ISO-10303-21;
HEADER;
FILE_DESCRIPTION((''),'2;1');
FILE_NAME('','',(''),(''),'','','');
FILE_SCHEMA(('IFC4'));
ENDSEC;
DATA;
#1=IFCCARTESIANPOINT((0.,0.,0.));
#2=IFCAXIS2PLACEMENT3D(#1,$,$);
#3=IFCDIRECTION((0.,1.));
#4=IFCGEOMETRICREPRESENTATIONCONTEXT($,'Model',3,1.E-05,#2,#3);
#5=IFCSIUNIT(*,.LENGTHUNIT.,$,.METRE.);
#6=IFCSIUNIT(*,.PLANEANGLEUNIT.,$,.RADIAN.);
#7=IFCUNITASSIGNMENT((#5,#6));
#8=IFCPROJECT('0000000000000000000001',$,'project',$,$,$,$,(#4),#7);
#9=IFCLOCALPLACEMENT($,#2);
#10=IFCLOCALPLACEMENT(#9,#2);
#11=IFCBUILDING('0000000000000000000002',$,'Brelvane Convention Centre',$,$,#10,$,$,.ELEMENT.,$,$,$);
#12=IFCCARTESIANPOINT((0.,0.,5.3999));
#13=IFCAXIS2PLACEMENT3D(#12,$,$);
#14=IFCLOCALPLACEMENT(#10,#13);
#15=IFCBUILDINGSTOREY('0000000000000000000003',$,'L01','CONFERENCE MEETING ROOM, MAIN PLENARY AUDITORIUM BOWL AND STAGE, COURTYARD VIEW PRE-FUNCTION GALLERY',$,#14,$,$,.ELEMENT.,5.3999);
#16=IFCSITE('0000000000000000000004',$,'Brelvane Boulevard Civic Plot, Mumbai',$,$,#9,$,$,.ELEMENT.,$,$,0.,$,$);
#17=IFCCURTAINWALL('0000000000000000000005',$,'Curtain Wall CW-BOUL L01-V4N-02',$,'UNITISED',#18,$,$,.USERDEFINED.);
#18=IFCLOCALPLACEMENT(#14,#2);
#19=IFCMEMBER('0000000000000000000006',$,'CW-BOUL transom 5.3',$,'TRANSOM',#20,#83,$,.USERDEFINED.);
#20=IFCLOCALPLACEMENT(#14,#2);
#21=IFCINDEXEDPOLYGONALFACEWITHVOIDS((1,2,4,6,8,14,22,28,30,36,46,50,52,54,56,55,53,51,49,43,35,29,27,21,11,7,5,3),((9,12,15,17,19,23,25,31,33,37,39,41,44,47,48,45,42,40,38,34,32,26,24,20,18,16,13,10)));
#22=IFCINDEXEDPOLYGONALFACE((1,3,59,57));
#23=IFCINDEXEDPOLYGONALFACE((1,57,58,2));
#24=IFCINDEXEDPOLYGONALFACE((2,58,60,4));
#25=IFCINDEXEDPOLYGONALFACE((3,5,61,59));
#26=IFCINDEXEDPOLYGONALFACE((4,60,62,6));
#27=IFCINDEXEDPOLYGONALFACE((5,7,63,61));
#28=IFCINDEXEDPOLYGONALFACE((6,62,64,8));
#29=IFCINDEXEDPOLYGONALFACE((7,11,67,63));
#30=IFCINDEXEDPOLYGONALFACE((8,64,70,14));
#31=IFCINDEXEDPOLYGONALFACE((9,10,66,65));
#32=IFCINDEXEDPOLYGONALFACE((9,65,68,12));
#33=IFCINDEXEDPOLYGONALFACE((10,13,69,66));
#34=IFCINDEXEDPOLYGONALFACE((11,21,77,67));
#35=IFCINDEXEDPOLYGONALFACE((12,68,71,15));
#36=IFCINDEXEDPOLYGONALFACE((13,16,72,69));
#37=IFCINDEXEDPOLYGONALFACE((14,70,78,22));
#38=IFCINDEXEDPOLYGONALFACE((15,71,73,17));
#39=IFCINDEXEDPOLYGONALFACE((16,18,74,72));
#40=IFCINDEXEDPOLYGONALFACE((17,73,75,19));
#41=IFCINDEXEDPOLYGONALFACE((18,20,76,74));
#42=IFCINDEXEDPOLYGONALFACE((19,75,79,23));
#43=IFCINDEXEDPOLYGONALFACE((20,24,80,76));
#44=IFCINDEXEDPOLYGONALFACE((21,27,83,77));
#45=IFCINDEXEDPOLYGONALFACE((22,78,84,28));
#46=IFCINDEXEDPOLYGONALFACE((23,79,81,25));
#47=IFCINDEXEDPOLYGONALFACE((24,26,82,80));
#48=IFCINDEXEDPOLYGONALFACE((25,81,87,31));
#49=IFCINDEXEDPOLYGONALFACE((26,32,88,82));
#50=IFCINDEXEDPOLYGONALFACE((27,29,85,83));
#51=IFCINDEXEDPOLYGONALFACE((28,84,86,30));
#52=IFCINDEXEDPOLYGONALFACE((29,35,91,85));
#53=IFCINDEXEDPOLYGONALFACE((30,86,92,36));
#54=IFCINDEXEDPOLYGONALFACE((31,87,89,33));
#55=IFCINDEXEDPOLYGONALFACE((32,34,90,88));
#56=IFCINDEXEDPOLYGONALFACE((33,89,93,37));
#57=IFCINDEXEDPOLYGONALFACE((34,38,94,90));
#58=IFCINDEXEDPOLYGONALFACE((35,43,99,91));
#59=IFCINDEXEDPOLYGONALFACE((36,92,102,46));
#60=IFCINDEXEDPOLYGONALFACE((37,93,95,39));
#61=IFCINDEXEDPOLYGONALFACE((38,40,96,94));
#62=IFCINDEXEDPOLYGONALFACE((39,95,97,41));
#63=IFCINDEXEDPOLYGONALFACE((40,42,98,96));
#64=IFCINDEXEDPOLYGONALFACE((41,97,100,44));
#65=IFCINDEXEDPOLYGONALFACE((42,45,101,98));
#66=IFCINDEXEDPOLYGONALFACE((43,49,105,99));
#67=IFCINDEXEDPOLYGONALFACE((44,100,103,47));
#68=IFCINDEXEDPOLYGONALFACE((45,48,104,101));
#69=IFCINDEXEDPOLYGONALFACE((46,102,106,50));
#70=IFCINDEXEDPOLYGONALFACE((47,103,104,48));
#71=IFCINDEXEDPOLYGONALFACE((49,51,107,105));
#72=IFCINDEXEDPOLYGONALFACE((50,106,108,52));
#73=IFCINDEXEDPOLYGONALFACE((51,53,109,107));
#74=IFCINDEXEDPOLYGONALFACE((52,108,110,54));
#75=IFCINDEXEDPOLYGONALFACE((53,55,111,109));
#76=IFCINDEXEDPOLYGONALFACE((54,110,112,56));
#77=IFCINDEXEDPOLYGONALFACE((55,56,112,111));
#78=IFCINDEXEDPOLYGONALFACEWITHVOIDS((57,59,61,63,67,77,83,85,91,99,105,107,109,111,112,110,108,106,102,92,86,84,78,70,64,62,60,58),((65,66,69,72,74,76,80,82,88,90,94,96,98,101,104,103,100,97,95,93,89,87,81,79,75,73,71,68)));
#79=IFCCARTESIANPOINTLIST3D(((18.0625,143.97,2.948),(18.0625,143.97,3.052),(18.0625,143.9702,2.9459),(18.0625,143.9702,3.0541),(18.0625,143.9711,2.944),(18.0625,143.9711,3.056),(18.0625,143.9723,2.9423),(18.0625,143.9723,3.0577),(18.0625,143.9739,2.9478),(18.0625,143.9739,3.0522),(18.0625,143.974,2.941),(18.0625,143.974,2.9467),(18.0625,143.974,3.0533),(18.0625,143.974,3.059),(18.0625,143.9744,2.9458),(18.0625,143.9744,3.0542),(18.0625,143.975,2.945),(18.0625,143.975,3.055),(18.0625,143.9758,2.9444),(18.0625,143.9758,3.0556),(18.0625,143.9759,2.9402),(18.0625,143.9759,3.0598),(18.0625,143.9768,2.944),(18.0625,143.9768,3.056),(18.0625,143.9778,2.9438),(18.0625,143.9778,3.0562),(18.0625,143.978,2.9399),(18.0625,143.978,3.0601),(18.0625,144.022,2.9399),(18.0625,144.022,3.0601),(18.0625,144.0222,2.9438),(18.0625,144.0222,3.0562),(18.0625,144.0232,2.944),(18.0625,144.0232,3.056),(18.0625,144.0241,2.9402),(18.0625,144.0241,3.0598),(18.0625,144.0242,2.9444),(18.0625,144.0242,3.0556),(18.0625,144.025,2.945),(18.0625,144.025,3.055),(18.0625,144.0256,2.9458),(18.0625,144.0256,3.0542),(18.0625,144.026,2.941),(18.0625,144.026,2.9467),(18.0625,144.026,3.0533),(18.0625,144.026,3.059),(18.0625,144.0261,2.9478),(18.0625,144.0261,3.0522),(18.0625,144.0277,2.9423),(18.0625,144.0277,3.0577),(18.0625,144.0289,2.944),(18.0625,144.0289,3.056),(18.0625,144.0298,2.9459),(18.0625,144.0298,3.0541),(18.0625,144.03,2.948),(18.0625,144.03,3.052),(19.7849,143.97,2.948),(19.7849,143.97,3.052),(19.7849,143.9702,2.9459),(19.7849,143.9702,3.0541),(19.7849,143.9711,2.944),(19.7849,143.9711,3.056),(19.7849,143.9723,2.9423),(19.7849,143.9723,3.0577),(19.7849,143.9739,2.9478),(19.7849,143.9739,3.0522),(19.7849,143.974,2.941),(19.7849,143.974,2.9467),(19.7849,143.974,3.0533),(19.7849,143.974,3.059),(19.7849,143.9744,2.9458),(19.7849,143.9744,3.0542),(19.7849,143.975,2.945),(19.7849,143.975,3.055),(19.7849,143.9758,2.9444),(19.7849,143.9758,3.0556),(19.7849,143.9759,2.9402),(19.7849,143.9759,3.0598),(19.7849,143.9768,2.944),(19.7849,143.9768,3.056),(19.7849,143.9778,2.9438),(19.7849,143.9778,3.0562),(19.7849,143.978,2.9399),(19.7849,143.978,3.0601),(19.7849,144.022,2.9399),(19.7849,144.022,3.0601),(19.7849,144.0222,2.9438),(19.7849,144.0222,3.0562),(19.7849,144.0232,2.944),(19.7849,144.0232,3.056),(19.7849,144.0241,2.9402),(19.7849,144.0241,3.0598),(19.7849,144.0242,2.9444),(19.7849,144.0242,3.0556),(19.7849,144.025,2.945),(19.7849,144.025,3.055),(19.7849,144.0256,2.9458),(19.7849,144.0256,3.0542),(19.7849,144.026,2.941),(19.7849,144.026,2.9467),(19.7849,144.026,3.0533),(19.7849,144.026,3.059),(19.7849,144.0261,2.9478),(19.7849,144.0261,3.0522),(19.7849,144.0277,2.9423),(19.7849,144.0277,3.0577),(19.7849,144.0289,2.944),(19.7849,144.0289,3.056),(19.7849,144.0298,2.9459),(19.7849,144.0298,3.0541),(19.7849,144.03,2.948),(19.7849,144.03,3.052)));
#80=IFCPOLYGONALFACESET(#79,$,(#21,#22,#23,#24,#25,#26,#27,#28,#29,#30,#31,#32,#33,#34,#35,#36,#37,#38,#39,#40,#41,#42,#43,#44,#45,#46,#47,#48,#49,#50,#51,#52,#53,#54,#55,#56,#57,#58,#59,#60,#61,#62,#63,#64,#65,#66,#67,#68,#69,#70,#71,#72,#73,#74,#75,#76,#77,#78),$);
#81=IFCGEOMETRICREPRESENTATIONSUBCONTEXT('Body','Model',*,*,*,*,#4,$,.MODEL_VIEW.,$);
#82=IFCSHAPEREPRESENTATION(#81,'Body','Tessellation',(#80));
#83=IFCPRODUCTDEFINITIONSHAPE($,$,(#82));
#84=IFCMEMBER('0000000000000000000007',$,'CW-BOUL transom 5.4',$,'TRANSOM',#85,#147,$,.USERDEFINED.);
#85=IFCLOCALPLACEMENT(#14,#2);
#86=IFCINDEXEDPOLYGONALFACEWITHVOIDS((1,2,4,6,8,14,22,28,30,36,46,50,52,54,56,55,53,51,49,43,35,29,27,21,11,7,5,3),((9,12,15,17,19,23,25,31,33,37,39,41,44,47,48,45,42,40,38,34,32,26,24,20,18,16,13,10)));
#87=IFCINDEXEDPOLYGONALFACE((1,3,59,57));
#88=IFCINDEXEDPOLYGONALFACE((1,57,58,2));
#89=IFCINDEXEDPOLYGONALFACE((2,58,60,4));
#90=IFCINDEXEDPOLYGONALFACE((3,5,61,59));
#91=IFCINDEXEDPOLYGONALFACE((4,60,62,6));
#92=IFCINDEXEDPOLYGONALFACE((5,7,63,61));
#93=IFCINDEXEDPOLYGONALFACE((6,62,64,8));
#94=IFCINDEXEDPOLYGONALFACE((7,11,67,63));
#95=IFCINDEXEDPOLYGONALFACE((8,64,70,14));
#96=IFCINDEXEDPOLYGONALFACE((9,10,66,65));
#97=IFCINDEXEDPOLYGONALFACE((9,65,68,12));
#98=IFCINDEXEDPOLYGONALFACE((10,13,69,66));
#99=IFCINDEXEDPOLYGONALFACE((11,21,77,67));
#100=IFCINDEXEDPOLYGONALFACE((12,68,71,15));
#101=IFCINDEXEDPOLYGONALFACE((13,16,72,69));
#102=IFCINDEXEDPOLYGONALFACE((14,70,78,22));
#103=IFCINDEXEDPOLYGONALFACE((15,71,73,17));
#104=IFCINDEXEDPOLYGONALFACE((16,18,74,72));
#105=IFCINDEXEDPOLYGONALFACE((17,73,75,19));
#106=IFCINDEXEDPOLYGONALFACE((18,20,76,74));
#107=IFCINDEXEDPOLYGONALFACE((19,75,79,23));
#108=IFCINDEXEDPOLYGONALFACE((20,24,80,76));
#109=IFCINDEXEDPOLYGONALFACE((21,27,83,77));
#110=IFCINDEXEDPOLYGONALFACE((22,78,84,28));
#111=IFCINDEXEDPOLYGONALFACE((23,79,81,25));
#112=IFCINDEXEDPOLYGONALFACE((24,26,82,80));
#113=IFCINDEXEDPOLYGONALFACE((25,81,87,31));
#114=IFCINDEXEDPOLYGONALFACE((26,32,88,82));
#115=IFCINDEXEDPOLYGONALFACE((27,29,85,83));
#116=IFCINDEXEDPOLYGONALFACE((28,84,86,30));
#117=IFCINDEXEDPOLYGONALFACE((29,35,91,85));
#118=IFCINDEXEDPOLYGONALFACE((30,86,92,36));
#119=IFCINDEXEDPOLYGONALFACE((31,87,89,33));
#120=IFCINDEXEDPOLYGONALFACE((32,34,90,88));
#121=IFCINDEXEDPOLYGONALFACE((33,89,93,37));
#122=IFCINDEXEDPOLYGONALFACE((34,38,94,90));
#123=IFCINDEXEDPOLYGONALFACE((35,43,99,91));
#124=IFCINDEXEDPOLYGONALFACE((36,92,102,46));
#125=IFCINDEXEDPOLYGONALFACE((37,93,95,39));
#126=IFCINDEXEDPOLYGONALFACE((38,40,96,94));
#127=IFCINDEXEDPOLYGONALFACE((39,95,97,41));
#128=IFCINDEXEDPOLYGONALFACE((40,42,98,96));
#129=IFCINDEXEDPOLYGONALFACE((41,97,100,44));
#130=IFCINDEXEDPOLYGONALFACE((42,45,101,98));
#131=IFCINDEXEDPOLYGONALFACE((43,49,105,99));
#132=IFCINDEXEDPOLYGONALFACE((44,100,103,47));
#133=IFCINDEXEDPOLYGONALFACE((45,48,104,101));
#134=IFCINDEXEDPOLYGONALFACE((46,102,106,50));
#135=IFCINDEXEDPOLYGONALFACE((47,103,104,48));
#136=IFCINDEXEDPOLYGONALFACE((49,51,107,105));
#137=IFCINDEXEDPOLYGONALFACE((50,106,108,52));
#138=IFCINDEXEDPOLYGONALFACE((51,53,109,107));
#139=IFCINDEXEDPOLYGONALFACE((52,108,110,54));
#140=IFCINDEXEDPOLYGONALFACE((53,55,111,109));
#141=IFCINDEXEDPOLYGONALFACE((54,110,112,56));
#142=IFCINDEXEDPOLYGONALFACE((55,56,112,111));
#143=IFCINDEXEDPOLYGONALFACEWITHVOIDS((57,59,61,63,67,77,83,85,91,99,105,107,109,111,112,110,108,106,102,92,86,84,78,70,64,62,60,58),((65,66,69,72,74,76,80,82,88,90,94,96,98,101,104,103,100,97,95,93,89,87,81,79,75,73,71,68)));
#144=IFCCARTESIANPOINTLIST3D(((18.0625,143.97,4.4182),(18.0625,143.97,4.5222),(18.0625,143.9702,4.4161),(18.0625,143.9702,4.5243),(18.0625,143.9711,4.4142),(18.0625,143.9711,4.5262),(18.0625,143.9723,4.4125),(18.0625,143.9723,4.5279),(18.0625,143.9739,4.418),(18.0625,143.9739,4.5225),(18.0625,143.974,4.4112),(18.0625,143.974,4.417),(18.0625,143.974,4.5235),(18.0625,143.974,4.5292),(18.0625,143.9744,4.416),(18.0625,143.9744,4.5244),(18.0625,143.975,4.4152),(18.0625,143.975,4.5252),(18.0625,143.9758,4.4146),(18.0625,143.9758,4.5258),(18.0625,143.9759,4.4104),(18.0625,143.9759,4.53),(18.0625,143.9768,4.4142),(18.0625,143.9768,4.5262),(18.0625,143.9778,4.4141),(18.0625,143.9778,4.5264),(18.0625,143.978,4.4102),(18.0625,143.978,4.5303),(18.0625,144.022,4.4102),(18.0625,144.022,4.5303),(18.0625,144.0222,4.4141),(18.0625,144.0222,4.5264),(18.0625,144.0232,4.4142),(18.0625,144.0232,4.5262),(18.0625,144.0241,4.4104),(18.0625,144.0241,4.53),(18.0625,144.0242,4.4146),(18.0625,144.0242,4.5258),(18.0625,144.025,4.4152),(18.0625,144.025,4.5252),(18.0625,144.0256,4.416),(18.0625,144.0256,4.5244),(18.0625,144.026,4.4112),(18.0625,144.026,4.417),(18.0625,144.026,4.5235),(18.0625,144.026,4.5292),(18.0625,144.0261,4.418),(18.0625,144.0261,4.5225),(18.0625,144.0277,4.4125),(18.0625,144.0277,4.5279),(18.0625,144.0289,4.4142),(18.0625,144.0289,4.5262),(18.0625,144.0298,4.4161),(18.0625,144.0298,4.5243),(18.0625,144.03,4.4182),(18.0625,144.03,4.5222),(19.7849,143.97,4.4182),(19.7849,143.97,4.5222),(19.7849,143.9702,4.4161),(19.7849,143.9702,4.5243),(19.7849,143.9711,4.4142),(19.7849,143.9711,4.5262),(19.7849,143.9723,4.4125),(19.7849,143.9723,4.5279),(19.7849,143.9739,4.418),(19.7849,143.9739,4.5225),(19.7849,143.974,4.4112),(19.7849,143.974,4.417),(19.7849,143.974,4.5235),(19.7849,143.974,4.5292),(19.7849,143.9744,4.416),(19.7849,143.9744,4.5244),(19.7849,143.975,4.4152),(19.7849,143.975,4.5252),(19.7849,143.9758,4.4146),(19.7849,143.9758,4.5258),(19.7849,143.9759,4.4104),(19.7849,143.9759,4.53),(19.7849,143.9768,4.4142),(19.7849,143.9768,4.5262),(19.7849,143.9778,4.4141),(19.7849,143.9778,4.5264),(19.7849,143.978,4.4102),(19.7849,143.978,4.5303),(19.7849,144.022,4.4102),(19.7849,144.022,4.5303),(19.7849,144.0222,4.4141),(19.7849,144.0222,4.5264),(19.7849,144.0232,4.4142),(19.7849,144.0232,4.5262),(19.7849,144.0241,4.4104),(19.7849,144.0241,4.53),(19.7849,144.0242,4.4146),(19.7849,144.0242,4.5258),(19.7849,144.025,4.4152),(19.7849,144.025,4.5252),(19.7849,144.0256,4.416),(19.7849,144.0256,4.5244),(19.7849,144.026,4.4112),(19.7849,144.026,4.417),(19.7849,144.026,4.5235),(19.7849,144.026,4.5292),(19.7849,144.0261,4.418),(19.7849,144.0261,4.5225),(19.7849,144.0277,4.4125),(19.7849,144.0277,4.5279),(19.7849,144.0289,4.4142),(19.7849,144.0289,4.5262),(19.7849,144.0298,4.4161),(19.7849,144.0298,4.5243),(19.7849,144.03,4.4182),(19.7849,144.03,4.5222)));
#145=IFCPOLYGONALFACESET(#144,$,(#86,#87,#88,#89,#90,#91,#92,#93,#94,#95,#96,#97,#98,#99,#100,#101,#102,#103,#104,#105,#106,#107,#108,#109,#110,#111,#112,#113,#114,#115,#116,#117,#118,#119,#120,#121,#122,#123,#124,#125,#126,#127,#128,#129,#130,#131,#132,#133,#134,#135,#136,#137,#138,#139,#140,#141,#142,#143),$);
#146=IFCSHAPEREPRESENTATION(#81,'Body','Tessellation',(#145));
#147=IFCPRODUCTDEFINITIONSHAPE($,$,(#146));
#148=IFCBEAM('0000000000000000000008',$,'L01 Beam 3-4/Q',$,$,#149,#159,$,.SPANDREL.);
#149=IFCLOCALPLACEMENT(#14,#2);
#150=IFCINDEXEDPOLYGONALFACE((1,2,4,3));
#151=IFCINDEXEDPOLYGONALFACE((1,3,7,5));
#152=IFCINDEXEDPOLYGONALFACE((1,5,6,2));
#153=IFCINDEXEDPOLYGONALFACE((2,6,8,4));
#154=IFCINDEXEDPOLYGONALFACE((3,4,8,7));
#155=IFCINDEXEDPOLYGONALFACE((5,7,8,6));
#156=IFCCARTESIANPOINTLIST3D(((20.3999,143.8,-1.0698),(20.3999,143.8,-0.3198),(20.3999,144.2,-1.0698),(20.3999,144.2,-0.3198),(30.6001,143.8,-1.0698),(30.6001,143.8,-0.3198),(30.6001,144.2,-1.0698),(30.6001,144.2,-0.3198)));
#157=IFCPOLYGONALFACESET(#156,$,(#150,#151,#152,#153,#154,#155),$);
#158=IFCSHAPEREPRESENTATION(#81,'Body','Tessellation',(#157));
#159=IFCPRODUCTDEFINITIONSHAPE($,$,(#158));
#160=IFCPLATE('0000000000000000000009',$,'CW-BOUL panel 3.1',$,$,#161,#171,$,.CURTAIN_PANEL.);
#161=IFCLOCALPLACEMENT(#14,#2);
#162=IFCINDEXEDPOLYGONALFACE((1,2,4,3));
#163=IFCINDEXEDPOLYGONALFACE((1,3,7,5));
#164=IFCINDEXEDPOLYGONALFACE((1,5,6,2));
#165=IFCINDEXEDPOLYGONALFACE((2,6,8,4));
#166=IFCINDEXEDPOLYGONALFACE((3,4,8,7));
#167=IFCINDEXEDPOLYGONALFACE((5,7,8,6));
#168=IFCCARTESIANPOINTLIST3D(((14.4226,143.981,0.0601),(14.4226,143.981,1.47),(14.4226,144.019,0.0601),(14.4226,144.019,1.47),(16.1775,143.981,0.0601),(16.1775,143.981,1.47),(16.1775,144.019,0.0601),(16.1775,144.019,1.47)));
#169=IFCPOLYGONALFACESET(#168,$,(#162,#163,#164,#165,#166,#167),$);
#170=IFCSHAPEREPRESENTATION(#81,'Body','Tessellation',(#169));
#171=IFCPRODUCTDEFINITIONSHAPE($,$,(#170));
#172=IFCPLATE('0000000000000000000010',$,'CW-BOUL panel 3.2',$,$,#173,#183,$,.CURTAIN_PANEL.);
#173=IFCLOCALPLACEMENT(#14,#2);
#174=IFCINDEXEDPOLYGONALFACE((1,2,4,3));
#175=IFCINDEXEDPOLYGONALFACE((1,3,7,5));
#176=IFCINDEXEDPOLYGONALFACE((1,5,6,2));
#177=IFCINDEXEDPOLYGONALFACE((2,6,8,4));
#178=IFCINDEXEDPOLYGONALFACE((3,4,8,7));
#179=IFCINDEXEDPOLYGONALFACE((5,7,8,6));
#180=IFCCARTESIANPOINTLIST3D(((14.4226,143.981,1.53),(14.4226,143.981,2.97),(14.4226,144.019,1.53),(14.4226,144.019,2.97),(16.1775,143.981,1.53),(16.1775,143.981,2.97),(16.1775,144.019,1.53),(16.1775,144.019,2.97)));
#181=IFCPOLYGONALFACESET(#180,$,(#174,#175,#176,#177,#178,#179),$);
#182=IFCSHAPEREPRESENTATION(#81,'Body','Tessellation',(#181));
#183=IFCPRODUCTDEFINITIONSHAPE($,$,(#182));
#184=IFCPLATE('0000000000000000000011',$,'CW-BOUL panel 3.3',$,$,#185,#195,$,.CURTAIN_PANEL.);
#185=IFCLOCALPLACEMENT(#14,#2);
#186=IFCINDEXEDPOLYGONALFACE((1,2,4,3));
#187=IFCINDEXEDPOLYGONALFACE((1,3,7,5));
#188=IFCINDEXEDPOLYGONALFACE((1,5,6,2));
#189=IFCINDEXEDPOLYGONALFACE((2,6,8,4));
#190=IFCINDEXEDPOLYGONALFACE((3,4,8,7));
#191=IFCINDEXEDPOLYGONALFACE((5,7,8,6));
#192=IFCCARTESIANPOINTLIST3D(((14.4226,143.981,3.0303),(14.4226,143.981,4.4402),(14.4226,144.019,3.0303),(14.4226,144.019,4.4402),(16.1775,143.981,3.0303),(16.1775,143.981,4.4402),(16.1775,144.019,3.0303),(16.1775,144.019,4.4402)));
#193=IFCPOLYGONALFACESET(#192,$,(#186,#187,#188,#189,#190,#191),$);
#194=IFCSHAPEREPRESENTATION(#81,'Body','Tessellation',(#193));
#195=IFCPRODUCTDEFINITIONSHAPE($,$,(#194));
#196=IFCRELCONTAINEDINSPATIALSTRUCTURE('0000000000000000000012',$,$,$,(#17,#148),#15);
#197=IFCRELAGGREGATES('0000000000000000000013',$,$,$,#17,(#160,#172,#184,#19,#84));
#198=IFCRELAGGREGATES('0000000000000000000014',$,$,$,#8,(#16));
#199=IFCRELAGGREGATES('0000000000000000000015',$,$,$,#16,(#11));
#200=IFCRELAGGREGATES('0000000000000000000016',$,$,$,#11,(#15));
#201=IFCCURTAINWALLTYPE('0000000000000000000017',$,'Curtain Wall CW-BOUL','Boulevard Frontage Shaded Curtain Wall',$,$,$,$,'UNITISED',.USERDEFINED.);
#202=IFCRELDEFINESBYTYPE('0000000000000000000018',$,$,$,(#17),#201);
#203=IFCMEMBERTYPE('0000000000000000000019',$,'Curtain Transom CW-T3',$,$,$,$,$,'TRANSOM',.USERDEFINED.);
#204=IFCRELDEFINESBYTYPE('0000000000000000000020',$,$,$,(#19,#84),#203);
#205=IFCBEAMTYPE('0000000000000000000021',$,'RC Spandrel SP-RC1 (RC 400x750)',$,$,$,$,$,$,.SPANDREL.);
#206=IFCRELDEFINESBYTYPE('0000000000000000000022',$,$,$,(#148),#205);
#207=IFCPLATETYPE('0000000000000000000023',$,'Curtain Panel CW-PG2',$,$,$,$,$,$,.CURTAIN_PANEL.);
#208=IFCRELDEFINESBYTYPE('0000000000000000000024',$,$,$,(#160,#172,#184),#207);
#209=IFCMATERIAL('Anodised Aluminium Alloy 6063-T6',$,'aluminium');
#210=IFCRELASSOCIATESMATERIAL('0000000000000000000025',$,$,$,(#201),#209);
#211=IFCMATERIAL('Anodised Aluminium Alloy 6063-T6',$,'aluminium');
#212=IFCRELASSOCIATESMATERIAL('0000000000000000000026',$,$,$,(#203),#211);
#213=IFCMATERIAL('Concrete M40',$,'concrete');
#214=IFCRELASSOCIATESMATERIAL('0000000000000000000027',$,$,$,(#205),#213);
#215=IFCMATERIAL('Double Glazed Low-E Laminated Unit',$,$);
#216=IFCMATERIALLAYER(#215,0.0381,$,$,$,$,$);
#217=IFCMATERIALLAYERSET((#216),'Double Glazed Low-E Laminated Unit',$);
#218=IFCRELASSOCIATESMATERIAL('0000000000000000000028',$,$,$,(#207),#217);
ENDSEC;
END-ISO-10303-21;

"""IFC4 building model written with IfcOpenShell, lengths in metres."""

from ifc_helpers import new_model, si_unit, direction, frame, origin, origin_2d, place, context, subcontext, project, spatial, rectangle, hollow_rectangle, extrude, material, layer, layer_set, material_profile, profile_set, type_object, element, aggregate, save


model = new_model("IFC4")

# Units and contexts
model_context = context("Model", 3, precision=1e-05, world=origin(), true_north=direction((0.0, 1.0)))
body_context = subcontext(model_context, "Body", "Model", "MODEL_VIEW")
ifc_project = project(units=[si_unit("LENGTHUNIT", "METRE"), si_unit("PLANEANGLEUNIT", "RADIAN")], contexts=[model_context])

# Site, building, storey
site_placement = place(None, origin())
site = spatial("IfcSite", under=ifc_project, at=site_placement, Name="Brelvane Boulevard Civic Plot, Mumbai", CompositionType="ELEMENT", RefElevation=0.0)
building_placement = place(site_placement, origin())
building = spatial("IfcBuilding", under=site, at=building_placement, Name="Brelvane Convention Centre", CompositionType="ELEMENT")
storey_placement = place(building_placement, frame((0.0, 0.0, 5.3999)))
storey = spatial("IfcBuildingStorey", under=building, at=storey_placement, Name="L01", Description="CONFERENCE MEETING ROOM, MAIN PLENARY AUDITORIUM BOWL AND STAGE, COURTYARD VIEW PRE-FUNCTION GALLERY", CompositionType="ELEMENT", Elevation=5.3999)

# Curtain wall, members
ifc_material_1 = material(Name="Anodised Aluminium Alloy 6063-T6", Category="aluminium")
curtain_wall_type = type_object("IfcCurtainWallType", Name="Curtain Wall CW-BOUL", Description="Boulevard Frontage Shaded Curtain Wall", ElementType="UNITISED", PredefinedType="USERDEFINED", material=ifc_material_1)
curtain_wall_placement = place(storey_placement, origin())
curtain_wall = element("IfcCurtainWall", 1, at=curtain_wall_placement, inside=storey, type_object=curtain_wall_type, Name="Curtain Wall CW-BOUL L01-V4N-02", ObjectType="UNITISED", PredefinedType="USERDEFINED")
ifc_material_2 = material(Name="Anodised Aluminium Alloy 6063-T6", Category="aluminium")
ifc_material_profile_1 = material_profile(ifc_material_2, hollow_rectangle(XDim=0.0601, YDim=0.1201, WallThickness=0.0039, InnerFilletRadius=0.0039, OuterFilletRadius=0.0081, at=origin_2d()), Name="ALU-T 120x60x4.0")
ifc_profile_set_1 = profile_set([ifc_material_profile_1], Name="Anodised Aluminium Alloy 6063-T6")
member_type_1 = type_object("IfcMemberType", Name="Curtain Transom CW-T3", ElementType="TRANSOM", PredefinedType="USERDEFINED", material=ifc_profile_set_1)
member_1_placement = place(storey_placement, frame((18.0625, 144.0, 3.0), z_axis=(1.0, 0.0, 0.0), x_axis=(0.0, 1.0, 0.0)))
member_1 = element("IfcMember", 2, at=member_1_placement, type_object=member_type_1, Name="CW-BOUL transom 5.3", ObjectType="TRANSOM", PredefinedType="USERDEFINED", context=body_context, shape_type="SweptSolid", body=[
    extrude(hollow_rectangle(XDim=0.0601, YDim=0.1201, WallThickness=0.0039, InnerFilletRadius=0.0039, OuterFilletRadius=0.0081, at=origin_2d()), origin(), (0.0, 0.0, 1.0), 1.7224),
])
member_2_placement = place(storey_placement, frame((18.0625, 144.0, 4.4702), z_axis=(1.0, 0.0, 0.0), x_axis=(0.0, 1.0, 0.0)))
member_2 = element("IfcMember", 3, at=member_2_placement, type_object=member_type_1, Name="CW-BOUL transom 5.4", ObjectType="TRANSOM", PredefinedType="USERDEFINED", context=body_context, shape_type="SweptSolid", body=[
    extrude(hollow_rectangle(XDim=0.0601, YDim=0.1201, WallThickness=0.0039, InnerFilletRadius=0.0039, OuterFilletRadius=0.0081, at=origin_2d()), origin(), (0.0, 0.0, 1.0), 1.7224),
])

# Beam
ifc_material_3 = material(Name="Concrete M40", Category="concrete")
ifc_material_profile_2 = material_profile(ifc_material_3, rectangle(XDim=0.3999, YDim=0.75, at=origin_2d()), Name="RC 400x750")
ifc_profile_set_2 = profile_set([ifc_material_profile_2], Name="Concrete M40")
beam_type = type_object("IfcBeamType", Name="RC Spandrel SP-RC1 (RC 400x750)", PredefinedType="SPANDREL", material=ifc_profile_set_2)
beam_placement = place(storey_placement, frame((20.3999, 144.0, -0.6948), z_axis=(1.0, 0.0, 0.0), x_axis=(0.0, 1.0, 0.0)))
element("IfcBeam", 4, at=beam_placement, inside=storey, type_object=beam_type, Name="L01 Beam 3-4/Q", PredefinedType="SPANDREL", context=body_context, shape_type="SweptSolid", body=[
    extrude(rectangle(XDim=0.3999, YDim=0.75, at=origin_2d()), origin(), (0.0, 0.0, 1.0), 10.2002),
])

# Plates
ifc_material_4 = material(Name="Double Glazed Low-E Laminated Unit")
ifc_layer_1 = layer(ifc_material_4, 0.0381)
ifc_layer_set_1 = layer_set([ifc_layer_1], Name="Double Glazed Low-E Laminated Unit")
plate_type_1 = type_object("IfcPlateType", Name="Curtain Panel CW-PG2", PredefinedType="CURTAIN_PANEL", material=ifc_layer_set_1)
plate_1_placement = place(storey_placement, frame((15.3, 144.0, 0.0601), z_axis=(0.0, 0.0, 1.0), x_axis=(1.0, 0.0, 0.0)))
plate_1 = element("IfcPlate", 5, at=plate_1_placement, type_object=plate_type_1, Name="CW-BOUL panel 3.1", PredefinedType="CURTAIN_PANEL", context=body_context, shape_type="SweptSolid", body=[
    extrude(rectangle(XDim=1.7549, YDim=0.0381, at=origin_2d()), origin(), (0.0, 0.0, 1.0), 1.4099),
])
plate_2_placement = place(storey_placement, frame((15.3, 144.0, 1.53), z_axis=(0.0, 0.0, 1.0), x_axis=(1.0, 0.0, 0.0)))
plate_2 = element("IfcPlate", 6, at=plate_2_placement, type_object=plate_type_1, Name="CW-BOUL panel 3.2", PredefinedType="CURTAIN_PANEL", context=body_context, shape_type="SweptSolid", body=[
    extrude(rectangle(XDim=1.7549, YDim=0.0381, at=origin_2d()), origin(), (0.0, 0.0, 1.0), 1.4399),
])
plate_3_placement = place(storey_placement, frame((15.3, 144.0, 3.0303), z_axis=(0.0, 0.0, 1.0), x_axis=(1.0, 0.0, 0.0)))
plate_3 = element("IfcPlate", 7, at=plate_3_placement, type_object=plate_type_1, Name="CW-BOUL panel 3.3", PredefinedType="CURTAIN_PANEL", context=body_context, shape_type="SweptSolid", body=[
    extrude(rectangle(XDim=1.7549, YDim=0.0381, at=origin_2d()), origin(), (0.0, 0.0, 1.0), 1.4099),
])
aggregate(curtain_wall, [plate_1, plate_2, plate_3, member_1, member_2])

save(model, "model.ifc")
